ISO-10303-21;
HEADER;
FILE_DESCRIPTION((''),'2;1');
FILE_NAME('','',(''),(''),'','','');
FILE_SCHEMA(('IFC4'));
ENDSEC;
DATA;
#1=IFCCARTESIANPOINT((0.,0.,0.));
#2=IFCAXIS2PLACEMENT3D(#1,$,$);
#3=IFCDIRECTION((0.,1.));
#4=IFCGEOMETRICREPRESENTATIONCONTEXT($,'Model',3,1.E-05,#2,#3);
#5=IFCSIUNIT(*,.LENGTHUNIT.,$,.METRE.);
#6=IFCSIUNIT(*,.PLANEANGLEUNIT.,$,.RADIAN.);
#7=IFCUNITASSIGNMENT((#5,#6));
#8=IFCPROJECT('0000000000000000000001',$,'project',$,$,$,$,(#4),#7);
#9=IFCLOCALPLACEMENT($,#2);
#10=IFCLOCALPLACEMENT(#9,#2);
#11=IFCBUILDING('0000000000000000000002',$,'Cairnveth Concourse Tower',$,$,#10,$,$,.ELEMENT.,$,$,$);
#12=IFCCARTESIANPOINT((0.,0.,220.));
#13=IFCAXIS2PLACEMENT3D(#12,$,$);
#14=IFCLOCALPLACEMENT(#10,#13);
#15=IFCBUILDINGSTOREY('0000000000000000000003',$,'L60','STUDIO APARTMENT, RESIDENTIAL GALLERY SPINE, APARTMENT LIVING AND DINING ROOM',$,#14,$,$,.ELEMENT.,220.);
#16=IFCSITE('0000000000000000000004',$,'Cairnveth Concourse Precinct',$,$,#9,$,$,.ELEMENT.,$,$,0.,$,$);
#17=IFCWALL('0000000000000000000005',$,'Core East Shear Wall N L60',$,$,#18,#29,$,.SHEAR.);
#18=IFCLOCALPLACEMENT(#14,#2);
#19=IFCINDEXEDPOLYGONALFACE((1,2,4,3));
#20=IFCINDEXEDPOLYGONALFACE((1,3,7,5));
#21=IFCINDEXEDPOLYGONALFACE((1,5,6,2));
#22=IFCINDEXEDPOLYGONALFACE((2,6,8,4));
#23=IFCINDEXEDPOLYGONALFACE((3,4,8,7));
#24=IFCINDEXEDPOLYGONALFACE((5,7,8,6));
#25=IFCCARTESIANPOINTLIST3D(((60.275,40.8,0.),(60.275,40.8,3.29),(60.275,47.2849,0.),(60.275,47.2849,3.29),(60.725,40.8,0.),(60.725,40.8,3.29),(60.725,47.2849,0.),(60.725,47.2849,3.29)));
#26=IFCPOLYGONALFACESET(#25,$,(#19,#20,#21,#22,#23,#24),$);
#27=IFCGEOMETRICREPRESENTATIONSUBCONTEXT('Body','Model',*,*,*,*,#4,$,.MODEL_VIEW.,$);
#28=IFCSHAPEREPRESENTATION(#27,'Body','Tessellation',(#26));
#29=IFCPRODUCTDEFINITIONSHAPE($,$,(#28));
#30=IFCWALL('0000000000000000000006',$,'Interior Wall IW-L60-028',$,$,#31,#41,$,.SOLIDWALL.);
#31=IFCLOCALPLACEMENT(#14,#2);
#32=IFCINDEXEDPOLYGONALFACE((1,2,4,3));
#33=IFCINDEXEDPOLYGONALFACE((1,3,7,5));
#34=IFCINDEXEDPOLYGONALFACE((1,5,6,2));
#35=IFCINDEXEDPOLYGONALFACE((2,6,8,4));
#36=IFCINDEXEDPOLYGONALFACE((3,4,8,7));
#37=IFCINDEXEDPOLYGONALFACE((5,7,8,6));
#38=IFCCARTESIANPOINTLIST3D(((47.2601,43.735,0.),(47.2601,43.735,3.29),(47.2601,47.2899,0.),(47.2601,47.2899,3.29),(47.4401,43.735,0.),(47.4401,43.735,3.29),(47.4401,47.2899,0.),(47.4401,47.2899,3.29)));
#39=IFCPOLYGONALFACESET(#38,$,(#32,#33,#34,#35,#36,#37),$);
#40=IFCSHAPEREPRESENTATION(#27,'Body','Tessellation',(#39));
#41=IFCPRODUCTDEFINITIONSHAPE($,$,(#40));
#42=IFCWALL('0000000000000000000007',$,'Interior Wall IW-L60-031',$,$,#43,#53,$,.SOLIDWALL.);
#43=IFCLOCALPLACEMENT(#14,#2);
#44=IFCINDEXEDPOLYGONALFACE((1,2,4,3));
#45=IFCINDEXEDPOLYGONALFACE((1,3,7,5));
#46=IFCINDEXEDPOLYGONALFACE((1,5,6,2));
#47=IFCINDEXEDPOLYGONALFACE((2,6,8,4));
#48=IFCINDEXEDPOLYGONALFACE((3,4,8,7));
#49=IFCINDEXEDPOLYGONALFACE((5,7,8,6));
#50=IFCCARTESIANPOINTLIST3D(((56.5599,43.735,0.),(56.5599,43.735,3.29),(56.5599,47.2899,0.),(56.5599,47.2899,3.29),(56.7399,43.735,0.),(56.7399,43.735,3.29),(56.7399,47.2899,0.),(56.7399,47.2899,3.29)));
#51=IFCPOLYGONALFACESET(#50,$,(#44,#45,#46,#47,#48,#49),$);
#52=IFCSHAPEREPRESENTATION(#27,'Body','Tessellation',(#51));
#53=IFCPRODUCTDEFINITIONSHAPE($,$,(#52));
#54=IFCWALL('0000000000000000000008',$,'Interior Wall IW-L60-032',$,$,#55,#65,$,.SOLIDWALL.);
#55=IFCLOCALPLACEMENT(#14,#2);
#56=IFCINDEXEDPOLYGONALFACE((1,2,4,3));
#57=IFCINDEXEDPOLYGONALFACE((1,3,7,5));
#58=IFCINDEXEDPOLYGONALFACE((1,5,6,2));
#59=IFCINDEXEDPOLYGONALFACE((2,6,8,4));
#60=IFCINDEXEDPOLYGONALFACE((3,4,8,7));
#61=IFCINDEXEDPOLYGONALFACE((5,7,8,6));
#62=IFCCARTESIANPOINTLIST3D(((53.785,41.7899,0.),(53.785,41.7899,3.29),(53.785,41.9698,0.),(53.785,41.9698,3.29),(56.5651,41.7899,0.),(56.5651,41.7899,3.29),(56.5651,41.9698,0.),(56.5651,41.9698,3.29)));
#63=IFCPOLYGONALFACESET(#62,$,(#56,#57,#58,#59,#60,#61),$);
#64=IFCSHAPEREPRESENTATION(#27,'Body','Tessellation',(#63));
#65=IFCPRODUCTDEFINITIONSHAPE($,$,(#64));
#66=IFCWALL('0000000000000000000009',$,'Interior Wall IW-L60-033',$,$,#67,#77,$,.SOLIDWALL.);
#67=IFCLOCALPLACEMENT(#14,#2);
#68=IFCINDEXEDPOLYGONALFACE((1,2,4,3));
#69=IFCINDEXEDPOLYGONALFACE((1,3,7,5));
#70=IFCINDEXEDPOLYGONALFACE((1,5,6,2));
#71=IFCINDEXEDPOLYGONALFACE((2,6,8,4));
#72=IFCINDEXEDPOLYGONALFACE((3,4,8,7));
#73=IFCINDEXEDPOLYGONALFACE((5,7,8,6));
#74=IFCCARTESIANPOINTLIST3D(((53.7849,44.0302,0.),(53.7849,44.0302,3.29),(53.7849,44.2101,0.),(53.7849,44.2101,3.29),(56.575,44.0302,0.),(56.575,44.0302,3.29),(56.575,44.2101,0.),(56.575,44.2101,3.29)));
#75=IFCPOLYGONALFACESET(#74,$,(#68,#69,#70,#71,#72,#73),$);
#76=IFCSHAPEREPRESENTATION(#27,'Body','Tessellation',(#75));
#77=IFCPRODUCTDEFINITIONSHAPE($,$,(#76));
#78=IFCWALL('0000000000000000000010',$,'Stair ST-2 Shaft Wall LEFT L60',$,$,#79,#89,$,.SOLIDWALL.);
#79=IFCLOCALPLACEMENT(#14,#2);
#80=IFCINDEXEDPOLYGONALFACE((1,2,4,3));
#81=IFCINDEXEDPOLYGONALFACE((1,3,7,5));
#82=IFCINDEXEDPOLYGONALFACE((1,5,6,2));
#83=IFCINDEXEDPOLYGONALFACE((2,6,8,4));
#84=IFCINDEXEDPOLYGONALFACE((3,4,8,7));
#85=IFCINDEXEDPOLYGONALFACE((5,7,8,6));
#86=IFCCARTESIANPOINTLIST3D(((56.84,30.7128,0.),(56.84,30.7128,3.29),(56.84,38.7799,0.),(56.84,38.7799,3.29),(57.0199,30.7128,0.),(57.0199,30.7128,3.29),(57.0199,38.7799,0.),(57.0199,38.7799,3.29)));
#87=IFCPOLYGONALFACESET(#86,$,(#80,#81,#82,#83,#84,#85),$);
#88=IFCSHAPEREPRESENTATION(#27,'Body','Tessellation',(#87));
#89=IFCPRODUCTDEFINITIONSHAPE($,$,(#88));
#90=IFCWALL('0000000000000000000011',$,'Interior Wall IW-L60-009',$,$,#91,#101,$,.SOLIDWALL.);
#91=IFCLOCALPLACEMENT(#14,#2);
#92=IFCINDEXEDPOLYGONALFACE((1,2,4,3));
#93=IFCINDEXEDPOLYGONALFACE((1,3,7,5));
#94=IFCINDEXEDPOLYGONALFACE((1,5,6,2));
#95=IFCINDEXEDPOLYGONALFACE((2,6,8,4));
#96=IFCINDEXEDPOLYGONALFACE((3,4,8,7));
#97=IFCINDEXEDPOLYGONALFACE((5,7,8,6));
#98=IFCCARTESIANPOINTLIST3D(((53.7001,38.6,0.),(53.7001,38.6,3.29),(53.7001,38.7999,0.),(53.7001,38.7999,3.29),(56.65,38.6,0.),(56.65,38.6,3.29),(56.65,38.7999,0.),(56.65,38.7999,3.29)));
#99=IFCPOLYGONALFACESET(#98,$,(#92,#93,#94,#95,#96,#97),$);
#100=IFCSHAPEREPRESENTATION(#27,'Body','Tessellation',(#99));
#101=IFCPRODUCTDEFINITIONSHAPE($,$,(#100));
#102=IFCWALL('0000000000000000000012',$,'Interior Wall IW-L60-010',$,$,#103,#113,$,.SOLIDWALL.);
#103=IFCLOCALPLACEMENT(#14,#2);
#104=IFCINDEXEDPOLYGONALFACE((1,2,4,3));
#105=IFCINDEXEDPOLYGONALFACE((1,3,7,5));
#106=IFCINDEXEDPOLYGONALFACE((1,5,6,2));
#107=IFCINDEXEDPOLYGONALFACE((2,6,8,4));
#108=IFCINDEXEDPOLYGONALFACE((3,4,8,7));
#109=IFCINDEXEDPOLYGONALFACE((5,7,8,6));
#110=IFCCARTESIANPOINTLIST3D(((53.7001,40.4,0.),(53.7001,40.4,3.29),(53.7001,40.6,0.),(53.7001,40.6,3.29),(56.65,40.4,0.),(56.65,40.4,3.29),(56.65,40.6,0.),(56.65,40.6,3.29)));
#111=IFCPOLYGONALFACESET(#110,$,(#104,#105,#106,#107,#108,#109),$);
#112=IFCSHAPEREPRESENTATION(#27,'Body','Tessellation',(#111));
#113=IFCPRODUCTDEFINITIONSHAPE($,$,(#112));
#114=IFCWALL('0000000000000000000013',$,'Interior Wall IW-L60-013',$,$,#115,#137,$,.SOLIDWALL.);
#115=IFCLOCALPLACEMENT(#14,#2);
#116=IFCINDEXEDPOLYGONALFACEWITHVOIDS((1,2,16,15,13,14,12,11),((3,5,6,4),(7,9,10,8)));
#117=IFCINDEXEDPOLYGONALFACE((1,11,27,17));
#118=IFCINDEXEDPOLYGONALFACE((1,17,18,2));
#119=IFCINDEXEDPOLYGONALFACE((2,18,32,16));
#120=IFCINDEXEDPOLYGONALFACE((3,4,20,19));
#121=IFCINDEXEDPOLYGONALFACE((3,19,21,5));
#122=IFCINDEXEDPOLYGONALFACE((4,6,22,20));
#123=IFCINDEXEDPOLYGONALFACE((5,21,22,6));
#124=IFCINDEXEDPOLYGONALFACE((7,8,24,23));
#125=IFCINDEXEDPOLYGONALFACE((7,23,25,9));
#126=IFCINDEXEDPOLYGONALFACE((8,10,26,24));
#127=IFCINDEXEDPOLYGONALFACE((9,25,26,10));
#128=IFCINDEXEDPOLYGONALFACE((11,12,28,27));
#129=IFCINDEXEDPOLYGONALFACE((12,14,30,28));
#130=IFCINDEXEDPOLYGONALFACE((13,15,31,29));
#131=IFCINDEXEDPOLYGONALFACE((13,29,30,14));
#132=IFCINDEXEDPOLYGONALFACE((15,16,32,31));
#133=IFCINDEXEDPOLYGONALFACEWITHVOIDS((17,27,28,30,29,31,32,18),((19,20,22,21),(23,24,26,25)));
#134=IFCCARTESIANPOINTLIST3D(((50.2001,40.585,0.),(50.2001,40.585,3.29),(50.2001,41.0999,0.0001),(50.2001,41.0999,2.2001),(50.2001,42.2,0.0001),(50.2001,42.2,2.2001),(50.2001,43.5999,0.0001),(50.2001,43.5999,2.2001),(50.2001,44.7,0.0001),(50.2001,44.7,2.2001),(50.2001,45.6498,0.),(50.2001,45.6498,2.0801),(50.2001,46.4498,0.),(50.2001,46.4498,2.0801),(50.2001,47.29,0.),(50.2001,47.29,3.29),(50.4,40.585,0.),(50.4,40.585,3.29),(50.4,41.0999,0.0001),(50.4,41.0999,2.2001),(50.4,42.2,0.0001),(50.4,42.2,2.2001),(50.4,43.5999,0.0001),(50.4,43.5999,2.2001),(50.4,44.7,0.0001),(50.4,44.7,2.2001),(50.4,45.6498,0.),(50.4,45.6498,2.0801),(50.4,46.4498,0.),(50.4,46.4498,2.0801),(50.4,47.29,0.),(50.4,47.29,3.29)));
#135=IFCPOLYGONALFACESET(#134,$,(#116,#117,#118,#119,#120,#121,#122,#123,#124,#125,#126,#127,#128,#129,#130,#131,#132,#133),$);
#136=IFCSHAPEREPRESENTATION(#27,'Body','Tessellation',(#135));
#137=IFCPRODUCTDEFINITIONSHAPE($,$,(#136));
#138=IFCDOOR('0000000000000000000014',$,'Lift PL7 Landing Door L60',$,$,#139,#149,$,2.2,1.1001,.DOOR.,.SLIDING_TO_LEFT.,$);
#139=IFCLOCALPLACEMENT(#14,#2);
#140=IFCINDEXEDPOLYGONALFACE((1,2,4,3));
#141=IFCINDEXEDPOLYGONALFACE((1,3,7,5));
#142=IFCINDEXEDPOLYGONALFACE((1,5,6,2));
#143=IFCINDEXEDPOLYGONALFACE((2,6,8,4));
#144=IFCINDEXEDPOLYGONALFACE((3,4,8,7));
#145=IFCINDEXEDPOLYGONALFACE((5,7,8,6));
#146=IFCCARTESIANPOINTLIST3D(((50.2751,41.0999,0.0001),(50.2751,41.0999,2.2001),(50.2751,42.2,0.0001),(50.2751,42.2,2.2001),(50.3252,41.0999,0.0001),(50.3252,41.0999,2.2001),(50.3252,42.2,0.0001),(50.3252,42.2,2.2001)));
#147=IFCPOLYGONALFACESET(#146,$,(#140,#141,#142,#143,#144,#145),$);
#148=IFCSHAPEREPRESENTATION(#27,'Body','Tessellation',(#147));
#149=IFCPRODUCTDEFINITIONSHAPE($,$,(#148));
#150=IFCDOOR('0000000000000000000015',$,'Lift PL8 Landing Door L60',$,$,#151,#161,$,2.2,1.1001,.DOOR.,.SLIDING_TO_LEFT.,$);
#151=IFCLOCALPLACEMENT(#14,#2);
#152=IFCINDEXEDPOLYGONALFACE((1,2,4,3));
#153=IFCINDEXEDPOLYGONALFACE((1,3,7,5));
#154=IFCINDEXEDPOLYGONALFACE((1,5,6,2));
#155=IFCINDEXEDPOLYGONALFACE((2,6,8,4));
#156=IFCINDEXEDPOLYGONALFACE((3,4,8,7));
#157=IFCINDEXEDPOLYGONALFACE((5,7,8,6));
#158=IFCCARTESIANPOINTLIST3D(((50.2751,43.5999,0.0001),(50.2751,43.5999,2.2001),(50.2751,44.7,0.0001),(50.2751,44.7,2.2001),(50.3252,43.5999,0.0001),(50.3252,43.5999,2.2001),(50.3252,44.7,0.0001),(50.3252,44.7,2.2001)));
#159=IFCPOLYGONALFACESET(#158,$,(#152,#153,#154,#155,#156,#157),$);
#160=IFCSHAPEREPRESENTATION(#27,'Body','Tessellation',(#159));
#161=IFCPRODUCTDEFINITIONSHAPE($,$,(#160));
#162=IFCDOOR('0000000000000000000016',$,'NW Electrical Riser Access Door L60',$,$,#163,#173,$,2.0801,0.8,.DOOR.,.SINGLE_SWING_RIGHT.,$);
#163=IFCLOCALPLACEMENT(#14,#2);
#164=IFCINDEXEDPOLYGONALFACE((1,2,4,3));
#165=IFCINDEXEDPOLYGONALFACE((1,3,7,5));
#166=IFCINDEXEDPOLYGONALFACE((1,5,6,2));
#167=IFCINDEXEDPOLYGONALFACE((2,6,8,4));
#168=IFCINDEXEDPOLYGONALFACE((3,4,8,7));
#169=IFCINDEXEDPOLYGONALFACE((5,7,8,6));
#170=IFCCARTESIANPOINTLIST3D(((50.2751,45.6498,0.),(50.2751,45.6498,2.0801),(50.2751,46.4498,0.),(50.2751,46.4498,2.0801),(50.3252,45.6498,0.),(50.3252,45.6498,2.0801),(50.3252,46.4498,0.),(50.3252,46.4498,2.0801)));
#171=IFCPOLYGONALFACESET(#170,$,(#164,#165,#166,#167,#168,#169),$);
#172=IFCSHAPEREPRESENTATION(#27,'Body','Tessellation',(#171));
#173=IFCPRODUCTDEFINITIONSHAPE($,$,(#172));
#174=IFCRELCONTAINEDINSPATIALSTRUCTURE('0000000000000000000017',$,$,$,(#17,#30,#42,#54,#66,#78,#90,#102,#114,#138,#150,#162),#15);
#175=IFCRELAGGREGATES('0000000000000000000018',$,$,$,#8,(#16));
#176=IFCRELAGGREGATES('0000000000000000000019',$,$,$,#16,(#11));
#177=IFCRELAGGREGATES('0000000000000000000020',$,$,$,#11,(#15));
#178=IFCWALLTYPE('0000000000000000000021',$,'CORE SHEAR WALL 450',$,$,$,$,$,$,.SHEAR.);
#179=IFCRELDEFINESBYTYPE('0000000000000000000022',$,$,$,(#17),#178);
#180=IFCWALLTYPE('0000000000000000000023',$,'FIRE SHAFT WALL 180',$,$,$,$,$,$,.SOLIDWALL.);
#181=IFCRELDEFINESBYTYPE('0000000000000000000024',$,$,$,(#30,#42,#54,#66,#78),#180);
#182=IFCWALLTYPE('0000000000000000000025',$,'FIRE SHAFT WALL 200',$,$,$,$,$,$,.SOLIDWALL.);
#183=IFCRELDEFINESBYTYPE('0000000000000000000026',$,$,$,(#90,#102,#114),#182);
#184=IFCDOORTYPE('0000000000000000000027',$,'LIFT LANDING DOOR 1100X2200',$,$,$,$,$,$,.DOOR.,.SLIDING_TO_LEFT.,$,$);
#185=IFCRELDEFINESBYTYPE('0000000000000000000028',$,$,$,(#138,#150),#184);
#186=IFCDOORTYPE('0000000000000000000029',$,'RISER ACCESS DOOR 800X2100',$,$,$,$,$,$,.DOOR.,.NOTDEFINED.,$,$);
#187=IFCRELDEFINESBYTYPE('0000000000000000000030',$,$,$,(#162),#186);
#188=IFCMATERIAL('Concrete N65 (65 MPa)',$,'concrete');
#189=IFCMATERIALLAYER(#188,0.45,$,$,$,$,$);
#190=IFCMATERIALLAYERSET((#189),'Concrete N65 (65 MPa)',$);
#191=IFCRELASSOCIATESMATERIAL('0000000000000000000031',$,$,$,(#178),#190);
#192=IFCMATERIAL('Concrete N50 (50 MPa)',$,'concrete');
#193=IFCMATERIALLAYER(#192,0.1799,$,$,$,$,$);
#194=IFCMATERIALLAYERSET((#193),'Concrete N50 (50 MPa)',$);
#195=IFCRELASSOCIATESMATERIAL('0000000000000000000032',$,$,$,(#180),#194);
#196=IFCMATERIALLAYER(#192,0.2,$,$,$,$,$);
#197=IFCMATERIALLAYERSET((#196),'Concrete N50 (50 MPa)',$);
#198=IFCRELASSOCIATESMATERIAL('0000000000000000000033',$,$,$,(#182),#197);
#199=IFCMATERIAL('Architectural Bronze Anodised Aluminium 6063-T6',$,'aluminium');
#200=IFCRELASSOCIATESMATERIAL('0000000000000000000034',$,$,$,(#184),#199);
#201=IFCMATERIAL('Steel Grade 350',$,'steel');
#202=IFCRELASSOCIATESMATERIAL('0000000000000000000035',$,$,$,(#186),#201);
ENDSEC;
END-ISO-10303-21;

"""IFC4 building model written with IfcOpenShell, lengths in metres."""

from ifc_helpers import new_model, si_unit, direction, frame, frame_2d, origin, place, context, subcontext, project, spatial, rectangle, extrude, material, layer, layer_set, type_object, element, fill, save


model = new_model("IFC4")

# Units and contexts
model_context = context("Model", 3, precision=1e-05, world=origin(), true_north=direction((0.0, 1.0)))
body_context = subcontext(model_context, "Body", "Model", "MODEL_VIEW")
ifc_project = project(units=[si_unit("LENGTHUNIT", "METRE"), si_unit("PLANEANGLEUNIT", "RADIAN")], contexts=[model_context])

# Site, building, storey
site_placement = place(None, origin())
site = spatial("IfcSite", under=ifc_project, at=site_placement, Name="Cairnveth Concourse Precinct", CompositionType="ELEMENT", RefElevation=0.0)
building_placement = place(site_placement, origin())
building = spatial("IfcBuilding", under=site, at=building_placement, Name="Cairnveth Concourse Tower", CompositionType="ELEMENT")
storey_placement = place(building_placement, frame((0.0, 0.0, 220.0)))
storey = spatial("IfcBuildingStorey", under=building, at=storey_placement, Name="L60", Description="STUDIO APARTMENT, RESIDENTIAL GALLERY SPINE, APARTMENT LIVING AND DINING ROOM", CompositionType="ELEMENT", Elevation=220.0)

# Walls
ifc_material_1 = material(Name="Concrete N65 (65 MPa)", Category="concrete")
ifc_layer_1 = layer(ifc_material_1, 0.45)
ifc_layer_set_1 = layer_set([ifc_layer_1], Name="Concrete N65 (65 MPa)")
wall_type_1 = type_object("IfcWallType", Name="CORE SHEAR WALL 450", PredefinedType="SHEAR", material=ifc_layer_set_1)
wall_1_placement = place(storey_placement, frame((60.5, 40.8, 0.0), z_axis=(0.0, 0.0, 1.0), x_axis=(0.0, 1.0, 0.0)))
element("IfcWall", 1, at=wall_1_placement, inside=storey, type_object=wall_type_1, Name="Core East Shear Wall N L60", PredefinedType="SHEAR", context=body_context, shape_type="SweptSolid", body=[
    extrude(rectangle(XDim=6.4849, YDim=0.45, at=frame_2d((3.2424, 0.0))), origin(), (0.0, 0.0, 1.0), 3.29),
])
ifc_material_2 = material(Name="Concrete N50 (50 MPa)", Category="concrete")
ifc_layer_2 = layer(ifc_material_2, 0.1799)
ifc_layer_set_2 = layer_set([ifc_layer_2], Name="Concrete N50 (50 MPa)")
wall_type_2 = type_object("IfcWallType", Name="FIRE SHAFT WALL 180", PredefinedType="SOLIDWALL", material=ifc_layer_set_2)
for number, where, z_axis, x_axis, name in (
    (2, (47.3501, 43.7351, 0.0), (0.0, 0.0, 1.0), (0.0, 1.0, 0.0), "Interior Wall IW-L60-028"),
    (3, (56.6499, 43.7351, 0.0), (0.0, 0.0, 1.0), (0.0, 1.0, 0.0), "Interior Wall IW-L60-031"),
):
    element("IfcWall", number, at=place(storey_placement, frame(where, z_axis=z_axis, x_axis=x_axis)), inside=storey, type_object=wall_type_2, Name=name, PredefinedType="SOLIDWALL", context=body_context, shape_type="SweptSolid", body=[
        extrude(rectangle(XDim=3.5549, YDim=0.1799, at=frame_2d((1.7773, 0.0))), origin(), (0.0, 0.0, 1.0), 3.29),
    ])
wall_2_placement = place(storey_placement, frame((53.7849, 41.8799, 0.0), z_axis=(0.0, 0.0, 1.0), x_axis=(1.0, 0.0, 0.0)))
element("IfcWall", 4, at=wall_2_placement, inside=storey, type_object=wall_type_2, Name="Interior Wall IW-L60-032", PredefinedType="SOLIDWALL", context=body_context, shape_type="SweptSolid", body=[
    extrude(rectangle(XDim=2.78, YDim=0.1799, at=frame_2d((1.3901, 0.0))), origin(), (0.0, 0.0, 1.0), 3.29),
])
wall_3_placement = place(storey_placement, frame((53.7849, 44.1201, 0.0), z_axis=(0.0, 0.0, 1.0), x_axis=(1.0, 0.0, 0.0)))
element("IfcWall", 5, at=wall_3_placement, inside=storey, type_object=wall_type_2, Name="Interior Wall IW-L60-033", PredefinedType="SOLIDWALL", context=body_context, shape_type="SweptSolid", body=[
    extrude(rectangle(XDim=2.79, YDim=0.1799, at=frame_2d((1.395, 0.0))), origin(), (0.0, 0.0, 1.0), 3.29),
])
wall_4_placement = place(storey_placement, frame((56.9299, 38.78, 0.0), z_axis=(0.0, 0.0, 1.0), x_axis=(0.0, -1.0, 0.0)))
element("IfcWall", 6, at=wall_4_placement, inside=storey, type_object=wall_type_2, Name="Stair ST-2 Shaft Wall LEFT L60", PredefinedType="SOLIDWALL", context=body_context, shape_type="SweptSolid", body=[
    extrude(rectangle(XDim=8.0671, YDim=0.1799, at=frame_2d((4.0337, 0.0))), origin(), (0.0, 0.0, 1.0), 3.29),
])
ifc_layer_3 = layer(ifc_material_2, 0.2)
ifc_layer_set_3 = layer_set([ifc_layer_3], Name="Concrete N50 (50 MPa)")
wall_type_3 = type_object("IfcWallType", Name="FIRE SHAFT WALL 200", PredefinedType="SOLIDWALL", material=ifc_layer_set_3)
for number, where, z_axis, x_axis, name in (
    (7, (53.7, 38.7, 0.0), (0.0, 0.0, 1.0), (1.0, 0.0, 0.0), "Interior Wall IW-L60-009"),
    (8, (53.7, 40.5, 0.0), (0.0, 0.0, 1.0), (1.0, 0.0, 0.0), "Interior Wall IW-L60-010"),
):
    element("IfcWall", number, at=place(storey_placement, frame(where, z_axis=z_axis, x_axis=x_axis)), inside=storey, type_object=wall_type_3, Name=name, PredefinedType="SOLIDWALL", context=body_context, shape_type="SweptSolid", body=[
        extrude(rectangle(XDim=2.95, YDim=0.2, at=frame_2d((1.4751, 0.0))), origin(), (0.0, 0.0, 1.0), 3.29),
    ])

# Wall, openings, doors
wall_5_placement = place(storey_placement, frame((50.3, 40.585, 0.0), z_axis=(0.0, 0.0, 1.0), x_axis=(0.0, 1.0, 0.0)))
wall_5 = element("IfcWall", 9, at=wall_5_placement, inside=storey, type_object=wall_type_3, Name="Interior Wall IW-L60-013", PredefinedType="SOLIDWALL", context=body_context, shape_type="SweptSolid", body=[
    extrude(rectangle(XDim=6.7051, YDim=0.2, at=frame_2d((3.3525, 0.0))), origin(), (0.0, 0.0, 1.0), 3.29),
])
opening_1_placement = place(wall_5_placement, frame((0.5149, 0.0, 0.0)))
opening_1 = element("IfcOpeningElement", 10, at=opening_1_placement, cuts=wall_5, PredefinedType="OPENING", context=body_context, shape_type="SweptSolid", body=[
    extrude(rectangle(XDim=1.1001, YDim=2.2, at=frame_2d((0.55, 1.1001))), frame((0.0, 0.1099, 0.0), z_axis=(0.0, -1.0, 0.0), x_axis=(1.0, 0.0, 0.0)), (0.0, 0.0, 1.0), 0.22),
])
opening_2_placement = place(wall_5_placement, frame((3.0149, 0.0, 0.0)))
opening_2 = element("IfcOpeningElement", 11, at=opening_2_placement, cuts=wall_5, PredefinedType="OPENING", context=body_context, shape_type="SweptSolid", body=[
    extrude(rectangle(XDim=1.1001, YDim=2.2, at=frame_2d((0.55, 1.1001))), frame((0.0, 0.1099, 0.0), z_axis=(0.0, -1.0, 0.0), x_axis=(1.0, 0.0, 0.0)), (0.0, 0.0, 1.0), 0.22),
])
opening_3_placement = place(wall_5_placement, frame((5.0649, 0.0, 0.0)))
opening_3 = element("IfcOpeningElement", 12, at=opening_3_placement, cuts=wall_5, PredefinedType="OPENING", context=body_context, shape_type="SweptSolid", body=[
    extrude(rectangle(XDim=0.8, YDim=2.0801, at=frame_2d((0.3999, 1.04))), frame((0.0, 0.1099, 0.0), z_axis=(0.0, -1.0, 0.0), x_axis=(1.0, 0.0, 0.0)), (0.0, 0.0, 1.0), 0.22),
])
ifc_material_3 = material(Name="Architectural Bronze Anodised Aluminium 6063-T6", Category="aluminium")
door_type_1 = type_object("IfcDoorType", Name="LIFT LANDING DOOR 1100X2200", OperationType="SLIDING_TO_LEFT", PredefinedType="DOOR", material=ifc_material_3)
door_1_placement = place(opening_1_placement, origin())
door_1 = element("IfcDoor", 13, at=door_1_placement, inside=storey, type_object=door_type_1, Name="Lift PL7 Landing Door L60", OperationType="SLIDING_TO_LEFT", OverallHeight=2.2, OverallWidth=1.1001, PredefinedType="DOOR", context=body_context, shape_type="SweptSolid", body=[
    extrude(rectangle(XDim=1.1001, YDim=2.2, at=frame_2d((0.55, 1.1001))), frame((0.0, 0.0249, 0.0), z_axis=(0.0, -1.0, 0.0), x_axis=(1.0, 0.0, 0.0)), (0.0, 0.0, 1.0), 0.05),
])
fill(opening_1, door_1)
door_2_placement = place(opening_2_placement, origin())
door_2 = element("IfcDoor", 14, at=door_2_placement, inside=storey, type_object=door_type_1, Name="Lift PL8 Landing Door L60", OperationType="SLIDING_TO_LEFT", OverallHeight=2.2, OverallWidth=1.1001, PredefinedType="DOOR", context=body_context, shape_type="SweptSolid", body=[
    extrude(rectangle(XDim=1.1001, YDim=2.2, at=frame_2d((0.55, 1.1001))), frame((0.0, 0.0249, 0.0), z_axis=(0.0, -1.0, 0.0), x_axis=(1.0, 0.0, 0.0)), (0.0, 0.0, 1.0), 0.05),
])
fill(opening_2, door_2)
ifc_material_4 = material(Name="Steel Grade 350", Category="steel")
door_type_2 = type_object("IfcDoorType", Name="RISER ACCESS DOOR 800X2100", OperationType="NOTDEFINED", PredefinedType="DOOR", material=ifc_material_4)
door_3_placement = place(opening_3_placement, origin())
door_3 = element("IfcDoor", 15, at=door_3_placement, inside=storey, type_object=door_type_2, Name="NW Electrical Riser Access Door L60", OperationType="SINGLE_SWING_RIGHT", OverallHeight=2.0801, OverallWidth=0.8, PredefinedType="DOOR", context=body_context, shape_type="SweptSolid", body=[
    extrude(rectangle(XDim=0.8, YDim=2.0801, at=frame_2d((0.3999, 1.04))), frame((0.0, 0.0249, 0.0), z_axis=(0.0, -1.0, 0.0), x_axis=(1.0, 0.0, 0.0)), (0.0, 0.0, 1.0), 0.05),
])
fill(opening_3, door_3)

save(model, "model.ifc")
